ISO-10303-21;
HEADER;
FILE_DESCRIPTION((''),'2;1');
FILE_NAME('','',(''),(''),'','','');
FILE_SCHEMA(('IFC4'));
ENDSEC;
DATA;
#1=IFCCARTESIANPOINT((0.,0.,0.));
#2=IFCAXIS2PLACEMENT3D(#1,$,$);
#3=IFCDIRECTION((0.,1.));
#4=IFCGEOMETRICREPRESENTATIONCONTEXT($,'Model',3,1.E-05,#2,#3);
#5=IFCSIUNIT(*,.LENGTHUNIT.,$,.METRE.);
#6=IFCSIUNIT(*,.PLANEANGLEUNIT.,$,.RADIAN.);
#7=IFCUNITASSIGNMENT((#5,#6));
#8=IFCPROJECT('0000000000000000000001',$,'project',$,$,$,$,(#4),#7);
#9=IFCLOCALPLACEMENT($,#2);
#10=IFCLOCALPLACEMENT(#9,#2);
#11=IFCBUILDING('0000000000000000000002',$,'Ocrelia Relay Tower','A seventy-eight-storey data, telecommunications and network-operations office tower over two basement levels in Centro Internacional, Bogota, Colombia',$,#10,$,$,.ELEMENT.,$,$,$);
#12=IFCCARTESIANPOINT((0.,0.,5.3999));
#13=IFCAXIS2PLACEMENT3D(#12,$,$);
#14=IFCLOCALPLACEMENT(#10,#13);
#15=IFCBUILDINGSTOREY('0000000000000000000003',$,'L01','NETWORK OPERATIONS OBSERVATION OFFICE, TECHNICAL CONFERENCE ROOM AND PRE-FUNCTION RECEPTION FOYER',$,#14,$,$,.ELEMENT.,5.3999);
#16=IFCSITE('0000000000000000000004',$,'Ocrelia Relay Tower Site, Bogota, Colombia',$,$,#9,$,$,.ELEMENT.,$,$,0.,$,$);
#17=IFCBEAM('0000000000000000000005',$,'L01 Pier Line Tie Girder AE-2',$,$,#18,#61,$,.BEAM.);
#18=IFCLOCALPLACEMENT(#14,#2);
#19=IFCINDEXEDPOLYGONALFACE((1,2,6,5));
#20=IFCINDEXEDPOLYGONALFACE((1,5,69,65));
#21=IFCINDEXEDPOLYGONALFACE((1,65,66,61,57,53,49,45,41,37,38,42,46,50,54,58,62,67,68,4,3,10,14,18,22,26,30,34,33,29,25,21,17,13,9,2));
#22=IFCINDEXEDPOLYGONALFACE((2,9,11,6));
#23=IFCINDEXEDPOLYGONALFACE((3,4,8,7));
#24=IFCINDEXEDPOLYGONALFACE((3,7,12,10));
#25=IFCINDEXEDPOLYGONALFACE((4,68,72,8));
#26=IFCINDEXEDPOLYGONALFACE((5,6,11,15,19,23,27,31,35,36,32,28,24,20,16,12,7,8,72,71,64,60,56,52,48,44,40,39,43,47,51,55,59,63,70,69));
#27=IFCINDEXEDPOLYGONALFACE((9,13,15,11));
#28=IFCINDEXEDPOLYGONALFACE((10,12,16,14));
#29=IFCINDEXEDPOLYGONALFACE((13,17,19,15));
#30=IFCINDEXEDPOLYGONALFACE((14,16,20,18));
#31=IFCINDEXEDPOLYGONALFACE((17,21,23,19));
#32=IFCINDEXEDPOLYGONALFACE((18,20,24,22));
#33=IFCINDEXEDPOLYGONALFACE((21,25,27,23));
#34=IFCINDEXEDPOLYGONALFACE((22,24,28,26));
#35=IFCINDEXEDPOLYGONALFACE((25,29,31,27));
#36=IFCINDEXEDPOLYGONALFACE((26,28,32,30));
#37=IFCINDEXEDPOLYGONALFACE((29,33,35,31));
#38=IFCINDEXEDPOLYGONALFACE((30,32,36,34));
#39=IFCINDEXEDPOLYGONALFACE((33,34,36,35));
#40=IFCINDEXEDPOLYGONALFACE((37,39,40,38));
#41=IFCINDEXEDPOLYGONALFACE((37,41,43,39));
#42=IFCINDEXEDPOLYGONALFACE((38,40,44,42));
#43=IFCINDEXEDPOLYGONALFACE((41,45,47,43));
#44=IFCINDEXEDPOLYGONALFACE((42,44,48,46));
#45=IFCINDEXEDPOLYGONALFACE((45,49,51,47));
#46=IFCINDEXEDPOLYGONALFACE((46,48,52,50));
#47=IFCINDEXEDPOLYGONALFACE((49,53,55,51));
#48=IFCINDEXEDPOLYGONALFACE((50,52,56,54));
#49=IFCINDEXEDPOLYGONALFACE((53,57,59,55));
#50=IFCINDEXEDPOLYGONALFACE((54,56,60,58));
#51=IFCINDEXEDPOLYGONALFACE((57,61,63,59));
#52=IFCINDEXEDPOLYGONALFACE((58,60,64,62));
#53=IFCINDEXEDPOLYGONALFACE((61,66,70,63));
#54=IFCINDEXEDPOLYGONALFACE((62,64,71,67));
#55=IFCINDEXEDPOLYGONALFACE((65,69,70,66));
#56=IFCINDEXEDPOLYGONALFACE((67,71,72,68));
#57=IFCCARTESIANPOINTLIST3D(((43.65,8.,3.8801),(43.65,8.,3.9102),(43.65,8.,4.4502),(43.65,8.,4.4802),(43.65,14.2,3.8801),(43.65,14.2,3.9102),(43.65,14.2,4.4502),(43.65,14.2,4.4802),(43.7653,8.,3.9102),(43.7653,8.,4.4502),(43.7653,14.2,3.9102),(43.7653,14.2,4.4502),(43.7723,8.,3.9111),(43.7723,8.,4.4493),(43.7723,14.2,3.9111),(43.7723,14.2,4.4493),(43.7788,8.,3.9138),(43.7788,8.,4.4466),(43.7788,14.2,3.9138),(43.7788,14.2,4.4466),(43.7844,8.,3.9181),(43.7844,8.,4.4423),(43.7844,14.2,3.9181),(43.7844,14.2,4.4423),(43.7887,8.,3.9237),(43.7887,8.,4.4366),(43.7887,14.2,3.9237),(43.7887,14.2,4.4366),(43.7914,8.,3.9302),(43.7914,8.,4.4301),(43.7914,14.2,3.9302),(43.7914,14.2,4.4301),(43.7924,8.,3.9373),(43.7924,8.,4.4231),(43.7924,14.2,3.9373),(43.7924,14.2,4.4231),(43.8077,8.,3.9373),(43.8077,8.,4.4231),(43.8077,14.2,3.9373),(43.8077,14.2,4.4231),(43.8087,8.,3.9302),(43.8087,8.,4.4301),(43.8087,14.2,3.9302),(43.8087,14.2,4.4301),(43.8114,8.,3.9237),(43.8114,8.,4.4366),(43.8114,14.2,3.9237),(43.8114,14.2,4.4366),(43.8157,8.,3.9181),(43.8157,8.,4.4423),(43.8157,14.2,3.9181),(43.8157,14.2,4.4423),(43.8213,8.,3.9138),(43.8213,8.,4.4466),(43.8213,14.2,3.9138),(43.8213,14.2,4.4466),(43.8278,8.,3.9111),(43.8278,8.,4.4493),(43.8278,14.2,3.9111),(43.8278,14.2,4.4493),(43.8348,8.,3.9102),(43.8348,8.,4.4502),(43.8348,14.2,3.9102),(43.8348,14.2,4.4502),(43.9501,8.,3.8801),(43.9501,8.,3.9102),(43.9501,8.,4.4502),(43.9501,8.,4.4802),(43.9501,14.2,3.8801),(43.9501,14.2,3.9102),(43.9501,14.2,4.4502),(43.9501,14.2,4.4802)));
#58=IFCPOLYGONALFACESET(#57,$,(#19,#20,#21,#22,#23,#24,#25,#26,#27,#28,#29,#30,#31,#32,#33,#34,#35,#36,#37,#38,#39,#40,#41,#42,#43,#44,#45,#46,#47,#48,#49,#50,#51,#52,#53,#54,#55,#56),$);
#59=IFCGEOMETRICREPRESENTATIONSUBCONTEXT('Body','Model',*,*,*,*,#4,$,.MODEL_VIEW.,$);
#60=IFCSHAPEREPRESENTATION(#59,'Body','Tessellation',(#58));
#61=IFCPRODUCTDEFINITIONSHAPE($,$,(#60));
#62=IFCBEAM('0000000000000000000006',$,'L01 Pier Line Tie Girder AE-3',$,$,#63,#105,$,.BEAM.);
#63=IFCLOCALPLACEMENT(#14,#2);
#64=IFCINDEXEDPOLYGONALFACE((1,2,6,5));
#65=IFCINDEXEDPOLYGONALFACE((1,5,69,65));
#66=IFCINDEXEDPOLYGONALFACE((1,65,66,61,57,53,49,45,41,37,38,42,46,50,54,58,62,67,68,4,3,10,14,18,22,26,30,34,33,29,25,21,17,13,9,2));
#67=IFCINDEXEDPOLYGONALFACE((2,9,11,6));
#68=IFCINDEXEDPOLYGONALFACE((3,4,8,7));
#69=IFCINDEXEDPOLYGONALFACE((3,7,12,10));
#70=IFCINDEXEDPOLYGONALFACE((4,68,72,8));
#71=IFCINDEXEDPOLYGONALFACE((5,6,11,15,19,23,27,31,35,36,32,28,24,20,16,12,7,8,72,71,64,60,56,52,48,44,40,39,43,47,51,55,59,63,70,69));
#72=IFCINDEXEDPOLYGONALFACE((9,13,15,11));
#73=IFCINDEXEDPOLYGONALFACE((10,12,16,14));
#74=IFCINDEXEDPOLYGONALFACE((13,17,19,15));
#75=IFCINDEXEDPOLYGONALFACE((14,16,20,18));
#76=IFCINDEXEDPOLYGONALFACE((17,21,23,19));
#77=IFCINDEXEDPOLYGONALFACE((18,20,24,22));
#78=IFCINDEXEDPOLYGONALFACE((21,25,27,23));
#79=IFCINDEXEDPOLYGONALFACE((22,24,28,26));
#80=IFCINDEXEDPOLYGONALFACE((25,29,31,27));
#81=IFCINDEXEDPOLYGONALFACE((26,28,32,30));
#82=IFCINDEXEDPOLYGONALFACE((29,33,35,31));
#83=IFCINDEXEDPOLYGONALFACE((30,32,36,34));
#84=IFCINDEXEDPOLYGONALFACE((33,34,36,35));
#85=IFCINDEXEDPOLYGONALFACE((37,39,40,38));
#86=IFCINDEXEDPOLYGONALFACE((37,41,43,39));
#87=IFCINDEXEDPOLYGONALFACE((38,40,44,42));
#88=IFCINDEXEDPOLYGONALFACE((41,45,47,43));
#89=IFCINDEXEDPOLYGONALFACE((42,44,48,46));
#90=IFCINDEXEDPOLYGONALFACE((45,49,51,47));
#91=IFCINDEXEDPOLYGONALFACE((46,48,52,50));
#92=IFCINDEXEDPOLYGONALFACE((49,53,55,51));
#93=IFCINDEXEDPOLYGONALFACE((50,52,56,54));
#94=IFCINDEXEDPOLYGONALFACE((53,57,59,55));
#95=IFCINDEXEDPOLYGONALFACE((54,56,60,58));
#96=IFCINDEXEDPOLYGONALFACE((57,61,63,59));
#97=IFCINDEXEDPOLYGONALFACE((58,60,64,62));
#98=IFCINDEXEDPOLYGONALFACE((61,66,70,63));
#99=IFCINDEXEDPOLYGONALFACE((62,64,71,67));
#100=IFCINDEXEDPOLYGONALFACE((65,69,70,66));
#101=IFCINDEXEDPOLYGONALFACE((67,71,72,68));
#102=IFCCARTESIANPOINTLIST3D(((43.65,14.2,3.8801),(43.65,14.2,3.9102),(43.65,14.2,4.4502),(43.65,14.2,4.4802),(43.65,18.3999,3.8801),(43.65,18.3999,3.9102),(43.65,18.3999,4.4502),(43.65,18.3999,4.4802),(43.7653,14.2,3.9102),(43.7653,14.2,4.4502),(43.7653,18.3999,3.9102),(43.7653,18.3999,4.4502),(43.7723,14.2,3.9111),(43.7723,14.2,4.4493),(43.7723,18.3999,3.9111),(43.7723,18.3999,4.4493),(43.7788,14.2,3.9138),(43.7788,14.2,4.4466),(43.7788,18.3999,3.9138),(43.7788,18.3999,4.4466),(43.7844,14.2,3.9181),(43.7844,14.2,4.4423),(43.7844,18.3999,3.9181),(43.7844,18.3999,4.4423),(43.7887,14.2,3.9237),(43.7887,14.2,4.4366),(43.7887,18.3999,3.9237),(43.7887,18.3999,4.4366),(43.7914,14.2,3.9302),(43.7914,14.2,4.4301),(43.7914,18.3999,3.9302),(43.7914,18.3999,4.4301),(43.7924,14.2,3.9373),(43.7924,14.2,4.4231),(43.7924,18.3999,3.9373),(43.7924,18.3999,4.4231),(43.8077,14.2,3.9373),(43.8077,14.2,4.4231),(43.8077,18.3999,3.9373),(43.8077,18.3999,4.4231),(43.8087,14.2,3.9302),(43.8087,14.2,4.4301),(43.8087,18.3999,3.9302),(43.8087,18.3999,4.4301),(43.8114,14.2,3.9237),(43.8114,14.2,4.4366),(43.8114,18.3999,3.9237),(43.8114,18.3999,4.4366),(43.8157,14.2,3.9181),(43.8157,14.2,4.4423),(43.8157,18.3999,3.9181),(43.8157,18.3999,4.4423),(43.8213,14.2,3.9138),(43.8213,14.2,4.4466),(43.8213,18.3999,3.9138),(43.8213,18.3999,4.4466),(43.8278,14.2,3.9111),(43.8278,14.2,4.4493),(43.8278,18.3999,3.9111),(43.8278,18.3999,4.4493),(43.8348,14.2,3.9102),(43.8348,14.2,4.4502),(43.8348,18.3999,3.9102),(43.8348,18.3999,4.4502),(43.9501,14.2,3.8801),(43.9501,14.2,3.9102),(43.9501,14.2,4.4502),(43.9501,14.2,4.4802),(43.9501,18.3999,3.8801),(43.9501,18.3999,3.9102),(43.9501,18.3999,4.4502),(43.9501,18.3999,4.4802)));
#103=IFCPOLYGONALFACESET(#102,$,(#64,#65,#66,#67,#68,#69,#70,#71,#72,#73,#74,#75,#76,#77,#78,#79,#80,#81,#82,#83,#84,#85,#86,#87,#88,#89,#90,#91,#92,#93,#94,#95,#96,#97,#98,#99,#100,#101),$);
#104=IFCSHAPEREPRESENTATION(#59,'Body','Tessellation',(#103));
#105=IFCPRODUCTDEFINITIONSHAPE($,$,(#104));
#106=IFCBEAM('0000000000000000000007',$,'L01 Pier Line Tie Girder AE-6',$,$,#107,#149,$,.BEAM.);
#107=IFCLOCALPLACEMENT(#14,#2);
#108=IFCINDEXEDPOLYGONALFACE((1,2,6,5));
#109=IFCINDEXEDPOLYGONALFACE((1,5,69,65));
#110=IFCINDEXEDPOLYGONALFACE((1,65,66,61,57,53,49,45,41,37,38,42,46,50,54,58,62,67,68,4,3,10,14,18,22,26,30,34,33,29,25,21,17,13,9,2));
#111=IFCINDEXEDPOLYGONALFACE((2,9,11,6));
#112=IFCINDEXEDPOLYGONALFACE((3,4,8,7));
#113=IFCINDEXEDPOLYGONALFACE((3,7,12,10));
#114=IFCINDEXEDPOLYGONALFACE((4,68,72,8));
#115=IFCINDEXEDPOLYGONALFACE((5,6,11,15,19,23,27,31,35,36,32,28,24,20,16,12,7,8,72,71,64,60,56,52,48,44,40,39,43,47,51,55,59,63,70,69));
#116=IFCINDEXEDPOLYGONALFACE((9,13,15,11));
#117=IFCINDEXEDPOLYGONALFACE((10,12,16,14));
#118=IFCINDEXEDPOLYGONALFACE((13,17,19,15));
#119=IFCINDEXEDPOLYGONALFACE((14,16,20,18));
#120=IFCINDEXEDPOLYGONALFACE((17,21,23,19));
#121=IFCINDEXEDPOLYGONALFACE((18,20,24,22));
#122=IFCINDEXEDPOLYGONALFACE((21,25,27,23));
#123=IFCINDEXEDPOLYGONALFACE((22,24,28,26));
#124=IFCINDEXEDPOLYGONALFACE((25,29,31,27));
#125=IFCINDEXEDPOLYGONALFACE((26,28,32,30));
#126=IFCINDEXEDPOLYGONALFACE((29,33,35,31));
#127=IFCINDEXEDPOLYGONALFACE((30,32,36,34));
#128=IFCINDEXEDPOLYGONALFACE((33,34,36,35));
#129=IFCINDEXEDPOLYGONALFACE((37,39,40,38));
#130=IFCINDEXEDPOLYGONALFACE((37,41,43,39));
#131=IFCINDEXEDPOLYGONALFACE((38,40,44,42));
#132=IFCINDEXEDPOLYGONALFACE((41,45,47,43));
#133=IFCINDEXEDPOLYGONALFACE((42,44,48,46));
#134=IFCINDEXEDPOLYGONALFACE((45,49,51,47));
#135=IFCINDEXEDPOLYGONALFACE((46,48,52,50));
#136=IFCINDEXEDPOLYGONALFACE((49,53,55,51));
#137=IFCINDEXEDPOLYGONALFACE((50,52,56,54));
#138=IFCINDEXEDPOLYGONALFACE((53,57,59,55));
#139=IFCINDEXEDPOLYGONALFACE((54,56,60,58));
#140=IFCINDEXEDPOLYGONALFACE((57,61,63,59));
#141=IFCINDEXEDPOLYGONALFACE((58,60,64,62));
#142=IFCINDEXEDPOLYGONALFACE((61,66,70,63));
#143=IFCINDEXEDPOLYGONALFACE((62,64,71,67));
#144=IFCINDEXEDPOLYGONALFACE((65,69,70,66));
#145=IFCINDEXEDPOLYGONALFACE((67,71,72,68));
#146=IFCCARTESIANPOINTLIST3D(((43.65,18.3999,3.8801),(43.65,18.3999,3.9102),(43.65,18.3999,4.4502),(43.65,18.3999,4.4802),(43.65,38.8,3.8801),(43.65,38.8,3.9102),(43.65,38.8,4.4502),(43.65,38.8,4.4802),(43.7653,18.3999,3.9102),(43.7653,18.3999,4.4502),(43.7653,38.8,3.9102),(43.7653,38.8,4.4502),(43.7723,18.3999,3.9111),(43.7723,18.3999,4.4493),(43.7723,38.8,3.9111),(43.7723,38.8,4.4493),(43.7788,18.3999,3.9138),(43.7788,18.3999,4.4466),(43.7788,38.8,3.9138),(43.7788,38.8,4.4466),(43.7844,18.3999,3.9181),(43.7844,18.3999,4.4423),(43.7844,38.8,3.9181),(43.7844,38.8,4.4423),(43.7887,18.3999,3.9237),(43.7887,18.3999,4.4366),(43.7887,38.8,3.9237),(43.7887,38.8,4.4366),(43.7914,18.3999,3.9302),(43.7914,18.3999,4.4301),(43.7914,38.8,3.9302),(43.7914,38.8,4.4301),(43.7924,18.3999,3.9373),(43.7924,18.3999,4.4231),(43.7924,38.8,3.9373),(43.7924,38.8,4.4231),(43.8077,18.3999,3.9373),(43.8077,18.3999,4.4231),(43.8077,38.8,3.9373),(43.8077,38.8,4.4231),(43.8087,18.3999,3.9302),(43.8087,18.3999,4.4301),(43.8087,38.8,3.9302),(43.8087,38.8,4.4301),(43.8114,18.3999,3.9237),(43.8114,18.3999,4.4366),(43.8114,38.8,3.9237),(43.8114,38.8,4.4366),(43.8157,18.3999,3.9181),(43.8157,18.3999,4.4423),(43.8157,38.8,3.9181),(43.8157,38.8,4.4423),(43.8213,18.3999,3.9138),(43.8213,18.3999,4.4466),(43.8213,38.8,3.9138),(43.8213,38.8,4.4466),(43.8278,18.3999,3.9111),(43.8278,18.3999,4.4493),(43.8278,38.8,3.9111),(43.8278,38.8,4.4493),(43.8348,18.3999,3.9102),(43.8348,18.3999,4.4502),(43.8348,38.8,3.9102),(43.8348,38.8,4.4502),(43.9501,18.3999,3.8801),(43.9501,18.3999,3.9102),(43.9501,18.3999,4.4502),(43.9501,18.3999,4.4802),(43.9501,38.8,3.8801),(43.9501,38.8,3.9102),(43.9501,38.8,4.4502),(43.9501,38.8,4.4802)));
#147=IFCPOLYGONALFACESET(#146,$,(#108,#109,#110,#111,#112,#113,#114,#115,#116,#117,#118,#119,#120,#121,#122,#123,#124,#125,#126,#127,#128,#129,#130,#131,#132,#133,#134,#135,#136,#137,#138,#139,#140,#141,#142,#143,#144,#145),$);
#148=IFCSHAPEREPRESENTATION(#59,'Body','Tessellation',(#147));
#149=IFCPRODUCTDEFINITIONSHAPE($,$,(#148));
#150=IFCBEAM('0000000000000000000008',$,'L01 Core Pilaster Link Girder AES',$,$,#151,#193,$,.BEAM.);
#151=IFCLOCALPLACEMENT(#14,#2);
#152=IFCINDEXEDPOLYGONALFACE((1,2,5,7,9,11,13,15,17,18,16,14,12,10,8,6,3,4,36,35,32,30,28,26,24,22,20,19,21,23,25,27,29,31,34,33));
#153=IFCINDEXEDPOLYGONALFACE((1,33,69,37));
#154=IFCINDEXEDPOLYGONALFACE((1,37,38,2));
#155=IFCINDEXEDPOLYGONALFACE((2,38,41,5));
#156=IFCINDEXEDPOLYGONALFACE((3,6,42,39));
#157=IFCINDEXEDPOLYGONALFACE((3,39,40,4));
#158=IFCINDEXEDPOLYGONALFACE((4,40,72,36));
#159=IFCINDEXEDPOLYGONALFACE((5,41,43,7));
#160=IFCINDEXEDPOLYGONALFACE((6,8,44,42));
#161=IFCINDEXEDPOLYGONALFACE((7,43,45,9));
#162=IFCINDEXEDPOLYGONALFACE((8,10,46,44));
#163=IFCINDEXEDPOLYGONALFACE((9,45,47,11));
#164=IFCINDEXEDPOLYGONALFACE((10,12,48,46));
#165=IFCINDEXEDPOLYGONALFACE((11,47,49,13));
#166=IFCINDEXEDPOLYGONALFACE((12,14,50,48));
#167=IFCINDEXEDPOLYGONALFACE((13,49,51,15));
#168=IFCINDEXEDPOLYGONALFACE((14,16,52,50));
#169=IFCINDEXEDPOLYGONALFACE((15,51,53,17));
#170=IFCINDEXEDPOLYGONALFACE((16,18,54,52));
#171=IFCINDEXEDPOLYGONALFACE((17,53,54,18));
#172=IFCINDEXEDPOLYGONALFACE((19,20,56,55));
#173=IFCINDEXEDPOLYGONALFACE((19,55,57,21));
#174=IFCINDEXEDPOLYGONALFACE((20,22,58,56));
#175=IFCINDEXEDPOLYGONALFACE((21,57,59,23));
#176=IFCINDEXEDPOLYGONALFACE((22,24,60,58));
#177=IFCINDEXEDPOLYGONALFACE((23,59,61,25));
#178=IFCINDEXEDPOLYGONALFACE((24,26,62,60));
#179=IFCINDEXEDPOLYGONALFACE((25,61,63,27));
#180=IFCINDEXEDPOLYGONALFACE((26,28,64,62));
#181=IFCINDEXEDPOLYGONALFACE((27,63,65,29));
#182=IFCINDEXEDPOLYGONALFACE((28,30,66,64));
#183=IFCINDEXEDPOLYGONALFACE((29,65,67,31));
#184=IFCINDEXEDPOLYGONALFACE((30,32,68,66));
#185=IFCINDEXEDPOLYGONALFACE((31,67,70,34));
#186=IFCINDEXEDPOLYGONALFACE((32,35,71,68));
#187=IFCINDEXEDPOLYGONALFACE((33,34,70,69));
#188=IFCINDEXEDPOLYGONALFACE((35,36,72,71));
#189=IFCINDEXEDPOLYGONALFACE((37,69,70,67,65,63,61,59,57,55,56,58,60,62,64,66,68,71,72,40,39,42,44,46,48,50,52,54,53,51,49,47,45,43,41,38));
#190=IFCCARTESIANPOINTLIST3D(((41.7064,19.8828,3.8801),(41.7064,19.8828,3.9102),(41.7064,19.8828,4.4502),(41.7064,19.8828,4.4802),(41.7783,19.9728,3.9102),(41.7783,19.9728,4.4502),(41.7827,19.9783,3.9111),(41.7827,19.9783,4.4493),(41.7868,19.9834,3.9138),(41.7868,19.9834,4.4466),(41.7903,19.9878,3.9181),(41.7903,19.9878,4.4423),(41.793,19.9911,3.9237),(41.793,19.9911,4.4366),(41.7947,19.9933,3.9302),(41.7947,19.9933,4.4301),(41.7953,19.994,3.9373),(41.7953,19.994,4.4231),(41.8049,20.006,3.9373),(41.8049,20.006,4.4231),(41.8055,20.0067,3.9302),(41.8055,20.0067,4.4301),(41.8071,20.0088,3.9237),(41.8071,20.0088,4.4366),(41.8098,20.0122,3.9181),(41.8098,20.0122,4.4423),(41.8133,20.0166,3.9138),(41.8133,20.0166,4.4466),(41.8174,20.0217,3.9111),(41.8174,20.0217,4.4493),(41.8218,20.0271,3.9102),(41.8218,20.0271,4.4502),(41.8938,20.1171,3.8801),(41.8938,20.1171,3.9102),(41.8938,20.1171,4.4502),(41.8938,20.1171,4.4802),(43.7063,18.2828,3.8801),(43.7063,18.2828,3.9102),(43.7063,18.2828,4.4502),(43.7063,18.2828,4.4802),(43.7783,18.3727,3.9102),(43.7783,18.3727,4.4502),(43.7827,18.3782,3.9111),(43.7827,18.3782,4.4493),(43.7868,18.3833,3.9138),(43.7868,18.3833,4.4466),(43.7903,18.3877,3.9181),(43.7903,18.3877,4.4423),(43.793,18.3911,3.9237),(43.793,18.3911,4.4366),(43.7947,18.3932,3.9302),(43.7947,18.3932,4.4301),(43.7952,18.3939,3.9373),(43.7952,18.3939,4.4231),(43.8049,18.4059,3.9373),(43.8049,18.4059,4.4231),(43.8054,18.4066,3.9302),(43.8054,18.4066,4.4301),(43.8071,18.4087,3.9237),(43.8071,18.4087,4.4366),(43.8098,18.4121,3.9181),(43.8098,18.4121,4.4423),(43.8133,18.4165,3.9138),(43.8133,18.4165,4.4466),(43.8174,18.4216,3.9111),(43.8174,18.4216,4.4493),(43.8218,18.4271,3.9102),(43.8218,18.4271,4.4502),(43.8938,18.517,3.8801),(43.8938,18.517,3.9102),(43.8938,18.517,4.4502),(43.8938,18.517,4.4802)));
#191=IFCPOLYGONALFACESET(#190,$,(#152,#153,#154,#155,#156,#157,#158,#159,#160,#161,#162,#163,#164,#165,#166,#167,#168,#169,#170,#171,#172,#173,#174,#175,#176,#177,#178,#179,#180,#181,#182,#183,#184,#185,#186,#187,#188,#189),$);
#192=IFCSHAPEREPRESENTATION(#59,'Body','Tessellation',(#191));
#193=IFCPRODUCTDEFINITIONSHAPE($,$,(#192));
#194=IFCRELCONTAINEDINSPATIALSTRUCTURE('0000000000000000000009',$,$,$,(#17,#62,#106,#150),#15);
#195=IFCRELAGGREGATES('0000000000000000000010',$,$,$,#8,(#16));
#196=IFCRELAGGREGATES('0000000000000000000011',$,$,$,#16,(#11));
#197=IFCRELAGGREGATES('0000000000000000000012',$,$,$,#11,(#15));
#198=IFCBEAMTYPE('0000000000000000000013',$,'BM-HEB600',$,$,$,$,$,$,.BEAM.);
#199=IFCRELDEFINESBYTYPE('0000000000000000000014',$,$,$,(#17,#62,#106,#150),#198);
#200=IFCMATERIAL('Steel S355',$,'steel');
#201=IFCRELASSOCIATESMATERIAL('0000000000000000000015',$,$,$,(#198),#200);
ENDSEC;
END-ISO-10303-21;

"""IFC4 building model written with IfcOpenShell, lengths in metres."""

from ifc_helpers import new_model, si_unit, direction, frame, origin, origin_2d, place, context, subcontext, project, spatial, i_section, extrude, material, material_profile, profile_set, type_object, element, save


model = new_model("IFC4")

# Units and contexts
model_context = context("Model", 3, precision=1e-05, world=origin(), true_north=direction((0.0, 1.0)))
body_context = subcontext(model_context, "Body", "Model", "MODEL_VIEW")
ifc_project = project(units=[si_unit("LENGTHUNIT", "METRE"), si_unit("PLANEANGLEUNIT", "RADIAN")], contexts=[model_context])

# Site, building, storey
site_placement = place(None, origin())
site = spatial("IfcSite", under=ifc_project, at=site_placement, Name="Ocrelia Relay Tower Site, Bogota, Colombia", CompositionType="ELEMENT", RefElevation=0.0)
building_placement = place(site_placement, origin())
building = spatial("IfcBuilding", under=site, at=building_placement, Name="Ocrelia Relay Tower", Description="A seventy-eight-storey data, telecommunications and network-operations office tower over two basement levels in Centro Internacional, Bogota, Colombia", CompositionType="ELEMENT")
storey_placement = place(building_placement, frame((0.0, 0.0, 5.3999)))
storey = spatial("IfcBuildingStorey", under=building, at=storey_placement, Name="L01", Description="NETWORK OPERATIONS OBSERVATION OFFICE, TECHNICAL CONFERENCE ROOM AND PRE-FUNCTION RECEPTION FOYER", CompositionType="ELEMENT", Elevation=5.3999)

# Beams
ifc_material_1 = material(Name="Steel S355", Category="steel")
ifc_material_profile_1 = material_profile(ifc_material_1, i_section(OverallWidth=0.3, OverallDepth=0.6001, WebThickness=0.0154, FlangeThickness=0.03, FilletRadius=0.0271, at=origin_2d()), Name="HEB 600")
ifc_profile_set_1 = profile_set([ifc_material_profile_1], Name="Steel S355")
beam_type_1 = type_object("IfcBeamType", Name="BM-HEB600", PredefinedType="BEAM", material=ifc_profile_set_1)
beam_1_placement = place(storey_placement, frame((43.8, 8.0, 4.1802), z_axis=(0.0, 1.0, 0.0), x_axis=(-1.0, 0.0, 0.0)))
element("IfcBeam", 1, at=beam_1_placement, inside=storey, type_object=beam_type_1, Name="L01 Pier Line Tie Girder AE-2", PredefinedType="BEAM", context=body_context, shape_type="SweptSolid", body=[
    extrude(i_section(OverallWidth=0.3, OverallDepth=0.6001, WebThickness=0.0154, FlangeThickness=0.03, FilletRadius=0.0271, at=origin_2d()), origin(), (0.0, 0.0, 1.0), 6.2),
])
beam_2_placement = place(storey_placement, frame((43.8, 14.2, 4.1802), z_axis=(0.0, 1.0, 0.0), x_axis=(-1.0, 0.0, 0.0)))
element("IfcBeam", 2, at=beam_2_placement, inside=storey, type_object=beam_type_1, Name="L01 Pier Line Tie Girder AE-3", PredefinedType="BEAM", context=body_context, shape_type="SweptSolid", body=[
    extrude(i_section(OverallWidth=0.3, OverallDepth=0.6001, WebThickness=0.0154, FlangeThickness=0.03, FilletRadius=0.0271, at=origin_2d()), origin(), (0.0, 0.0, 1.0), 4.2),
])
beam_3_placement = place(storey_placement, frame((43.8, 18.3999, 4.1802), z_axis=(0.0, 1.0, 0.0), x_axis=(-1.0, 0.0, 0.0)))
element("IfcBeam", 3, at=beam_3_placement, inside=storey, type_object=beam_type_1, Name="L01 Pier Line Tie Girder AE-6", PredefinedType="BEAM", context=body_context, shape_type="SweptSolid", body=[
    extrude(i_section(OverallWidth=0.3, OverallDepth=0.6001, WebThickness=0.0154, FlangeThickness=0.03, FilletRadius=0.0271, at=origin_2d()), origin(), (0.0, 0.0, 1.0), 20.4001),
])
beam_4_placement = place(storey_placement, frame((43.8, 18.3999, 4.1802), z_axis=(-0.78085, 0.624718, 0.0), x_axis=(-0.624718, -0.78085, 0.0)))
element("IfcBeam", 4, at=beam_4_placement, inside=storey, type_object=beam_type_1, Name="L01 Core Pilaster Link Girder AES", PredefinedType="BEAM", context=body_context, shape_type="SweptSolid", body=[
    extrude(i_section(OverallWidth=0.3, OverallDepth=0.6001, WebThickness=0.0154, FlangeThickness=0.03, FilletRadius=0.0271, at=origin_2d()), origin(), (0.0, 0.0, 1.0), 2.5613),
])

save(model, "model.ifc")
